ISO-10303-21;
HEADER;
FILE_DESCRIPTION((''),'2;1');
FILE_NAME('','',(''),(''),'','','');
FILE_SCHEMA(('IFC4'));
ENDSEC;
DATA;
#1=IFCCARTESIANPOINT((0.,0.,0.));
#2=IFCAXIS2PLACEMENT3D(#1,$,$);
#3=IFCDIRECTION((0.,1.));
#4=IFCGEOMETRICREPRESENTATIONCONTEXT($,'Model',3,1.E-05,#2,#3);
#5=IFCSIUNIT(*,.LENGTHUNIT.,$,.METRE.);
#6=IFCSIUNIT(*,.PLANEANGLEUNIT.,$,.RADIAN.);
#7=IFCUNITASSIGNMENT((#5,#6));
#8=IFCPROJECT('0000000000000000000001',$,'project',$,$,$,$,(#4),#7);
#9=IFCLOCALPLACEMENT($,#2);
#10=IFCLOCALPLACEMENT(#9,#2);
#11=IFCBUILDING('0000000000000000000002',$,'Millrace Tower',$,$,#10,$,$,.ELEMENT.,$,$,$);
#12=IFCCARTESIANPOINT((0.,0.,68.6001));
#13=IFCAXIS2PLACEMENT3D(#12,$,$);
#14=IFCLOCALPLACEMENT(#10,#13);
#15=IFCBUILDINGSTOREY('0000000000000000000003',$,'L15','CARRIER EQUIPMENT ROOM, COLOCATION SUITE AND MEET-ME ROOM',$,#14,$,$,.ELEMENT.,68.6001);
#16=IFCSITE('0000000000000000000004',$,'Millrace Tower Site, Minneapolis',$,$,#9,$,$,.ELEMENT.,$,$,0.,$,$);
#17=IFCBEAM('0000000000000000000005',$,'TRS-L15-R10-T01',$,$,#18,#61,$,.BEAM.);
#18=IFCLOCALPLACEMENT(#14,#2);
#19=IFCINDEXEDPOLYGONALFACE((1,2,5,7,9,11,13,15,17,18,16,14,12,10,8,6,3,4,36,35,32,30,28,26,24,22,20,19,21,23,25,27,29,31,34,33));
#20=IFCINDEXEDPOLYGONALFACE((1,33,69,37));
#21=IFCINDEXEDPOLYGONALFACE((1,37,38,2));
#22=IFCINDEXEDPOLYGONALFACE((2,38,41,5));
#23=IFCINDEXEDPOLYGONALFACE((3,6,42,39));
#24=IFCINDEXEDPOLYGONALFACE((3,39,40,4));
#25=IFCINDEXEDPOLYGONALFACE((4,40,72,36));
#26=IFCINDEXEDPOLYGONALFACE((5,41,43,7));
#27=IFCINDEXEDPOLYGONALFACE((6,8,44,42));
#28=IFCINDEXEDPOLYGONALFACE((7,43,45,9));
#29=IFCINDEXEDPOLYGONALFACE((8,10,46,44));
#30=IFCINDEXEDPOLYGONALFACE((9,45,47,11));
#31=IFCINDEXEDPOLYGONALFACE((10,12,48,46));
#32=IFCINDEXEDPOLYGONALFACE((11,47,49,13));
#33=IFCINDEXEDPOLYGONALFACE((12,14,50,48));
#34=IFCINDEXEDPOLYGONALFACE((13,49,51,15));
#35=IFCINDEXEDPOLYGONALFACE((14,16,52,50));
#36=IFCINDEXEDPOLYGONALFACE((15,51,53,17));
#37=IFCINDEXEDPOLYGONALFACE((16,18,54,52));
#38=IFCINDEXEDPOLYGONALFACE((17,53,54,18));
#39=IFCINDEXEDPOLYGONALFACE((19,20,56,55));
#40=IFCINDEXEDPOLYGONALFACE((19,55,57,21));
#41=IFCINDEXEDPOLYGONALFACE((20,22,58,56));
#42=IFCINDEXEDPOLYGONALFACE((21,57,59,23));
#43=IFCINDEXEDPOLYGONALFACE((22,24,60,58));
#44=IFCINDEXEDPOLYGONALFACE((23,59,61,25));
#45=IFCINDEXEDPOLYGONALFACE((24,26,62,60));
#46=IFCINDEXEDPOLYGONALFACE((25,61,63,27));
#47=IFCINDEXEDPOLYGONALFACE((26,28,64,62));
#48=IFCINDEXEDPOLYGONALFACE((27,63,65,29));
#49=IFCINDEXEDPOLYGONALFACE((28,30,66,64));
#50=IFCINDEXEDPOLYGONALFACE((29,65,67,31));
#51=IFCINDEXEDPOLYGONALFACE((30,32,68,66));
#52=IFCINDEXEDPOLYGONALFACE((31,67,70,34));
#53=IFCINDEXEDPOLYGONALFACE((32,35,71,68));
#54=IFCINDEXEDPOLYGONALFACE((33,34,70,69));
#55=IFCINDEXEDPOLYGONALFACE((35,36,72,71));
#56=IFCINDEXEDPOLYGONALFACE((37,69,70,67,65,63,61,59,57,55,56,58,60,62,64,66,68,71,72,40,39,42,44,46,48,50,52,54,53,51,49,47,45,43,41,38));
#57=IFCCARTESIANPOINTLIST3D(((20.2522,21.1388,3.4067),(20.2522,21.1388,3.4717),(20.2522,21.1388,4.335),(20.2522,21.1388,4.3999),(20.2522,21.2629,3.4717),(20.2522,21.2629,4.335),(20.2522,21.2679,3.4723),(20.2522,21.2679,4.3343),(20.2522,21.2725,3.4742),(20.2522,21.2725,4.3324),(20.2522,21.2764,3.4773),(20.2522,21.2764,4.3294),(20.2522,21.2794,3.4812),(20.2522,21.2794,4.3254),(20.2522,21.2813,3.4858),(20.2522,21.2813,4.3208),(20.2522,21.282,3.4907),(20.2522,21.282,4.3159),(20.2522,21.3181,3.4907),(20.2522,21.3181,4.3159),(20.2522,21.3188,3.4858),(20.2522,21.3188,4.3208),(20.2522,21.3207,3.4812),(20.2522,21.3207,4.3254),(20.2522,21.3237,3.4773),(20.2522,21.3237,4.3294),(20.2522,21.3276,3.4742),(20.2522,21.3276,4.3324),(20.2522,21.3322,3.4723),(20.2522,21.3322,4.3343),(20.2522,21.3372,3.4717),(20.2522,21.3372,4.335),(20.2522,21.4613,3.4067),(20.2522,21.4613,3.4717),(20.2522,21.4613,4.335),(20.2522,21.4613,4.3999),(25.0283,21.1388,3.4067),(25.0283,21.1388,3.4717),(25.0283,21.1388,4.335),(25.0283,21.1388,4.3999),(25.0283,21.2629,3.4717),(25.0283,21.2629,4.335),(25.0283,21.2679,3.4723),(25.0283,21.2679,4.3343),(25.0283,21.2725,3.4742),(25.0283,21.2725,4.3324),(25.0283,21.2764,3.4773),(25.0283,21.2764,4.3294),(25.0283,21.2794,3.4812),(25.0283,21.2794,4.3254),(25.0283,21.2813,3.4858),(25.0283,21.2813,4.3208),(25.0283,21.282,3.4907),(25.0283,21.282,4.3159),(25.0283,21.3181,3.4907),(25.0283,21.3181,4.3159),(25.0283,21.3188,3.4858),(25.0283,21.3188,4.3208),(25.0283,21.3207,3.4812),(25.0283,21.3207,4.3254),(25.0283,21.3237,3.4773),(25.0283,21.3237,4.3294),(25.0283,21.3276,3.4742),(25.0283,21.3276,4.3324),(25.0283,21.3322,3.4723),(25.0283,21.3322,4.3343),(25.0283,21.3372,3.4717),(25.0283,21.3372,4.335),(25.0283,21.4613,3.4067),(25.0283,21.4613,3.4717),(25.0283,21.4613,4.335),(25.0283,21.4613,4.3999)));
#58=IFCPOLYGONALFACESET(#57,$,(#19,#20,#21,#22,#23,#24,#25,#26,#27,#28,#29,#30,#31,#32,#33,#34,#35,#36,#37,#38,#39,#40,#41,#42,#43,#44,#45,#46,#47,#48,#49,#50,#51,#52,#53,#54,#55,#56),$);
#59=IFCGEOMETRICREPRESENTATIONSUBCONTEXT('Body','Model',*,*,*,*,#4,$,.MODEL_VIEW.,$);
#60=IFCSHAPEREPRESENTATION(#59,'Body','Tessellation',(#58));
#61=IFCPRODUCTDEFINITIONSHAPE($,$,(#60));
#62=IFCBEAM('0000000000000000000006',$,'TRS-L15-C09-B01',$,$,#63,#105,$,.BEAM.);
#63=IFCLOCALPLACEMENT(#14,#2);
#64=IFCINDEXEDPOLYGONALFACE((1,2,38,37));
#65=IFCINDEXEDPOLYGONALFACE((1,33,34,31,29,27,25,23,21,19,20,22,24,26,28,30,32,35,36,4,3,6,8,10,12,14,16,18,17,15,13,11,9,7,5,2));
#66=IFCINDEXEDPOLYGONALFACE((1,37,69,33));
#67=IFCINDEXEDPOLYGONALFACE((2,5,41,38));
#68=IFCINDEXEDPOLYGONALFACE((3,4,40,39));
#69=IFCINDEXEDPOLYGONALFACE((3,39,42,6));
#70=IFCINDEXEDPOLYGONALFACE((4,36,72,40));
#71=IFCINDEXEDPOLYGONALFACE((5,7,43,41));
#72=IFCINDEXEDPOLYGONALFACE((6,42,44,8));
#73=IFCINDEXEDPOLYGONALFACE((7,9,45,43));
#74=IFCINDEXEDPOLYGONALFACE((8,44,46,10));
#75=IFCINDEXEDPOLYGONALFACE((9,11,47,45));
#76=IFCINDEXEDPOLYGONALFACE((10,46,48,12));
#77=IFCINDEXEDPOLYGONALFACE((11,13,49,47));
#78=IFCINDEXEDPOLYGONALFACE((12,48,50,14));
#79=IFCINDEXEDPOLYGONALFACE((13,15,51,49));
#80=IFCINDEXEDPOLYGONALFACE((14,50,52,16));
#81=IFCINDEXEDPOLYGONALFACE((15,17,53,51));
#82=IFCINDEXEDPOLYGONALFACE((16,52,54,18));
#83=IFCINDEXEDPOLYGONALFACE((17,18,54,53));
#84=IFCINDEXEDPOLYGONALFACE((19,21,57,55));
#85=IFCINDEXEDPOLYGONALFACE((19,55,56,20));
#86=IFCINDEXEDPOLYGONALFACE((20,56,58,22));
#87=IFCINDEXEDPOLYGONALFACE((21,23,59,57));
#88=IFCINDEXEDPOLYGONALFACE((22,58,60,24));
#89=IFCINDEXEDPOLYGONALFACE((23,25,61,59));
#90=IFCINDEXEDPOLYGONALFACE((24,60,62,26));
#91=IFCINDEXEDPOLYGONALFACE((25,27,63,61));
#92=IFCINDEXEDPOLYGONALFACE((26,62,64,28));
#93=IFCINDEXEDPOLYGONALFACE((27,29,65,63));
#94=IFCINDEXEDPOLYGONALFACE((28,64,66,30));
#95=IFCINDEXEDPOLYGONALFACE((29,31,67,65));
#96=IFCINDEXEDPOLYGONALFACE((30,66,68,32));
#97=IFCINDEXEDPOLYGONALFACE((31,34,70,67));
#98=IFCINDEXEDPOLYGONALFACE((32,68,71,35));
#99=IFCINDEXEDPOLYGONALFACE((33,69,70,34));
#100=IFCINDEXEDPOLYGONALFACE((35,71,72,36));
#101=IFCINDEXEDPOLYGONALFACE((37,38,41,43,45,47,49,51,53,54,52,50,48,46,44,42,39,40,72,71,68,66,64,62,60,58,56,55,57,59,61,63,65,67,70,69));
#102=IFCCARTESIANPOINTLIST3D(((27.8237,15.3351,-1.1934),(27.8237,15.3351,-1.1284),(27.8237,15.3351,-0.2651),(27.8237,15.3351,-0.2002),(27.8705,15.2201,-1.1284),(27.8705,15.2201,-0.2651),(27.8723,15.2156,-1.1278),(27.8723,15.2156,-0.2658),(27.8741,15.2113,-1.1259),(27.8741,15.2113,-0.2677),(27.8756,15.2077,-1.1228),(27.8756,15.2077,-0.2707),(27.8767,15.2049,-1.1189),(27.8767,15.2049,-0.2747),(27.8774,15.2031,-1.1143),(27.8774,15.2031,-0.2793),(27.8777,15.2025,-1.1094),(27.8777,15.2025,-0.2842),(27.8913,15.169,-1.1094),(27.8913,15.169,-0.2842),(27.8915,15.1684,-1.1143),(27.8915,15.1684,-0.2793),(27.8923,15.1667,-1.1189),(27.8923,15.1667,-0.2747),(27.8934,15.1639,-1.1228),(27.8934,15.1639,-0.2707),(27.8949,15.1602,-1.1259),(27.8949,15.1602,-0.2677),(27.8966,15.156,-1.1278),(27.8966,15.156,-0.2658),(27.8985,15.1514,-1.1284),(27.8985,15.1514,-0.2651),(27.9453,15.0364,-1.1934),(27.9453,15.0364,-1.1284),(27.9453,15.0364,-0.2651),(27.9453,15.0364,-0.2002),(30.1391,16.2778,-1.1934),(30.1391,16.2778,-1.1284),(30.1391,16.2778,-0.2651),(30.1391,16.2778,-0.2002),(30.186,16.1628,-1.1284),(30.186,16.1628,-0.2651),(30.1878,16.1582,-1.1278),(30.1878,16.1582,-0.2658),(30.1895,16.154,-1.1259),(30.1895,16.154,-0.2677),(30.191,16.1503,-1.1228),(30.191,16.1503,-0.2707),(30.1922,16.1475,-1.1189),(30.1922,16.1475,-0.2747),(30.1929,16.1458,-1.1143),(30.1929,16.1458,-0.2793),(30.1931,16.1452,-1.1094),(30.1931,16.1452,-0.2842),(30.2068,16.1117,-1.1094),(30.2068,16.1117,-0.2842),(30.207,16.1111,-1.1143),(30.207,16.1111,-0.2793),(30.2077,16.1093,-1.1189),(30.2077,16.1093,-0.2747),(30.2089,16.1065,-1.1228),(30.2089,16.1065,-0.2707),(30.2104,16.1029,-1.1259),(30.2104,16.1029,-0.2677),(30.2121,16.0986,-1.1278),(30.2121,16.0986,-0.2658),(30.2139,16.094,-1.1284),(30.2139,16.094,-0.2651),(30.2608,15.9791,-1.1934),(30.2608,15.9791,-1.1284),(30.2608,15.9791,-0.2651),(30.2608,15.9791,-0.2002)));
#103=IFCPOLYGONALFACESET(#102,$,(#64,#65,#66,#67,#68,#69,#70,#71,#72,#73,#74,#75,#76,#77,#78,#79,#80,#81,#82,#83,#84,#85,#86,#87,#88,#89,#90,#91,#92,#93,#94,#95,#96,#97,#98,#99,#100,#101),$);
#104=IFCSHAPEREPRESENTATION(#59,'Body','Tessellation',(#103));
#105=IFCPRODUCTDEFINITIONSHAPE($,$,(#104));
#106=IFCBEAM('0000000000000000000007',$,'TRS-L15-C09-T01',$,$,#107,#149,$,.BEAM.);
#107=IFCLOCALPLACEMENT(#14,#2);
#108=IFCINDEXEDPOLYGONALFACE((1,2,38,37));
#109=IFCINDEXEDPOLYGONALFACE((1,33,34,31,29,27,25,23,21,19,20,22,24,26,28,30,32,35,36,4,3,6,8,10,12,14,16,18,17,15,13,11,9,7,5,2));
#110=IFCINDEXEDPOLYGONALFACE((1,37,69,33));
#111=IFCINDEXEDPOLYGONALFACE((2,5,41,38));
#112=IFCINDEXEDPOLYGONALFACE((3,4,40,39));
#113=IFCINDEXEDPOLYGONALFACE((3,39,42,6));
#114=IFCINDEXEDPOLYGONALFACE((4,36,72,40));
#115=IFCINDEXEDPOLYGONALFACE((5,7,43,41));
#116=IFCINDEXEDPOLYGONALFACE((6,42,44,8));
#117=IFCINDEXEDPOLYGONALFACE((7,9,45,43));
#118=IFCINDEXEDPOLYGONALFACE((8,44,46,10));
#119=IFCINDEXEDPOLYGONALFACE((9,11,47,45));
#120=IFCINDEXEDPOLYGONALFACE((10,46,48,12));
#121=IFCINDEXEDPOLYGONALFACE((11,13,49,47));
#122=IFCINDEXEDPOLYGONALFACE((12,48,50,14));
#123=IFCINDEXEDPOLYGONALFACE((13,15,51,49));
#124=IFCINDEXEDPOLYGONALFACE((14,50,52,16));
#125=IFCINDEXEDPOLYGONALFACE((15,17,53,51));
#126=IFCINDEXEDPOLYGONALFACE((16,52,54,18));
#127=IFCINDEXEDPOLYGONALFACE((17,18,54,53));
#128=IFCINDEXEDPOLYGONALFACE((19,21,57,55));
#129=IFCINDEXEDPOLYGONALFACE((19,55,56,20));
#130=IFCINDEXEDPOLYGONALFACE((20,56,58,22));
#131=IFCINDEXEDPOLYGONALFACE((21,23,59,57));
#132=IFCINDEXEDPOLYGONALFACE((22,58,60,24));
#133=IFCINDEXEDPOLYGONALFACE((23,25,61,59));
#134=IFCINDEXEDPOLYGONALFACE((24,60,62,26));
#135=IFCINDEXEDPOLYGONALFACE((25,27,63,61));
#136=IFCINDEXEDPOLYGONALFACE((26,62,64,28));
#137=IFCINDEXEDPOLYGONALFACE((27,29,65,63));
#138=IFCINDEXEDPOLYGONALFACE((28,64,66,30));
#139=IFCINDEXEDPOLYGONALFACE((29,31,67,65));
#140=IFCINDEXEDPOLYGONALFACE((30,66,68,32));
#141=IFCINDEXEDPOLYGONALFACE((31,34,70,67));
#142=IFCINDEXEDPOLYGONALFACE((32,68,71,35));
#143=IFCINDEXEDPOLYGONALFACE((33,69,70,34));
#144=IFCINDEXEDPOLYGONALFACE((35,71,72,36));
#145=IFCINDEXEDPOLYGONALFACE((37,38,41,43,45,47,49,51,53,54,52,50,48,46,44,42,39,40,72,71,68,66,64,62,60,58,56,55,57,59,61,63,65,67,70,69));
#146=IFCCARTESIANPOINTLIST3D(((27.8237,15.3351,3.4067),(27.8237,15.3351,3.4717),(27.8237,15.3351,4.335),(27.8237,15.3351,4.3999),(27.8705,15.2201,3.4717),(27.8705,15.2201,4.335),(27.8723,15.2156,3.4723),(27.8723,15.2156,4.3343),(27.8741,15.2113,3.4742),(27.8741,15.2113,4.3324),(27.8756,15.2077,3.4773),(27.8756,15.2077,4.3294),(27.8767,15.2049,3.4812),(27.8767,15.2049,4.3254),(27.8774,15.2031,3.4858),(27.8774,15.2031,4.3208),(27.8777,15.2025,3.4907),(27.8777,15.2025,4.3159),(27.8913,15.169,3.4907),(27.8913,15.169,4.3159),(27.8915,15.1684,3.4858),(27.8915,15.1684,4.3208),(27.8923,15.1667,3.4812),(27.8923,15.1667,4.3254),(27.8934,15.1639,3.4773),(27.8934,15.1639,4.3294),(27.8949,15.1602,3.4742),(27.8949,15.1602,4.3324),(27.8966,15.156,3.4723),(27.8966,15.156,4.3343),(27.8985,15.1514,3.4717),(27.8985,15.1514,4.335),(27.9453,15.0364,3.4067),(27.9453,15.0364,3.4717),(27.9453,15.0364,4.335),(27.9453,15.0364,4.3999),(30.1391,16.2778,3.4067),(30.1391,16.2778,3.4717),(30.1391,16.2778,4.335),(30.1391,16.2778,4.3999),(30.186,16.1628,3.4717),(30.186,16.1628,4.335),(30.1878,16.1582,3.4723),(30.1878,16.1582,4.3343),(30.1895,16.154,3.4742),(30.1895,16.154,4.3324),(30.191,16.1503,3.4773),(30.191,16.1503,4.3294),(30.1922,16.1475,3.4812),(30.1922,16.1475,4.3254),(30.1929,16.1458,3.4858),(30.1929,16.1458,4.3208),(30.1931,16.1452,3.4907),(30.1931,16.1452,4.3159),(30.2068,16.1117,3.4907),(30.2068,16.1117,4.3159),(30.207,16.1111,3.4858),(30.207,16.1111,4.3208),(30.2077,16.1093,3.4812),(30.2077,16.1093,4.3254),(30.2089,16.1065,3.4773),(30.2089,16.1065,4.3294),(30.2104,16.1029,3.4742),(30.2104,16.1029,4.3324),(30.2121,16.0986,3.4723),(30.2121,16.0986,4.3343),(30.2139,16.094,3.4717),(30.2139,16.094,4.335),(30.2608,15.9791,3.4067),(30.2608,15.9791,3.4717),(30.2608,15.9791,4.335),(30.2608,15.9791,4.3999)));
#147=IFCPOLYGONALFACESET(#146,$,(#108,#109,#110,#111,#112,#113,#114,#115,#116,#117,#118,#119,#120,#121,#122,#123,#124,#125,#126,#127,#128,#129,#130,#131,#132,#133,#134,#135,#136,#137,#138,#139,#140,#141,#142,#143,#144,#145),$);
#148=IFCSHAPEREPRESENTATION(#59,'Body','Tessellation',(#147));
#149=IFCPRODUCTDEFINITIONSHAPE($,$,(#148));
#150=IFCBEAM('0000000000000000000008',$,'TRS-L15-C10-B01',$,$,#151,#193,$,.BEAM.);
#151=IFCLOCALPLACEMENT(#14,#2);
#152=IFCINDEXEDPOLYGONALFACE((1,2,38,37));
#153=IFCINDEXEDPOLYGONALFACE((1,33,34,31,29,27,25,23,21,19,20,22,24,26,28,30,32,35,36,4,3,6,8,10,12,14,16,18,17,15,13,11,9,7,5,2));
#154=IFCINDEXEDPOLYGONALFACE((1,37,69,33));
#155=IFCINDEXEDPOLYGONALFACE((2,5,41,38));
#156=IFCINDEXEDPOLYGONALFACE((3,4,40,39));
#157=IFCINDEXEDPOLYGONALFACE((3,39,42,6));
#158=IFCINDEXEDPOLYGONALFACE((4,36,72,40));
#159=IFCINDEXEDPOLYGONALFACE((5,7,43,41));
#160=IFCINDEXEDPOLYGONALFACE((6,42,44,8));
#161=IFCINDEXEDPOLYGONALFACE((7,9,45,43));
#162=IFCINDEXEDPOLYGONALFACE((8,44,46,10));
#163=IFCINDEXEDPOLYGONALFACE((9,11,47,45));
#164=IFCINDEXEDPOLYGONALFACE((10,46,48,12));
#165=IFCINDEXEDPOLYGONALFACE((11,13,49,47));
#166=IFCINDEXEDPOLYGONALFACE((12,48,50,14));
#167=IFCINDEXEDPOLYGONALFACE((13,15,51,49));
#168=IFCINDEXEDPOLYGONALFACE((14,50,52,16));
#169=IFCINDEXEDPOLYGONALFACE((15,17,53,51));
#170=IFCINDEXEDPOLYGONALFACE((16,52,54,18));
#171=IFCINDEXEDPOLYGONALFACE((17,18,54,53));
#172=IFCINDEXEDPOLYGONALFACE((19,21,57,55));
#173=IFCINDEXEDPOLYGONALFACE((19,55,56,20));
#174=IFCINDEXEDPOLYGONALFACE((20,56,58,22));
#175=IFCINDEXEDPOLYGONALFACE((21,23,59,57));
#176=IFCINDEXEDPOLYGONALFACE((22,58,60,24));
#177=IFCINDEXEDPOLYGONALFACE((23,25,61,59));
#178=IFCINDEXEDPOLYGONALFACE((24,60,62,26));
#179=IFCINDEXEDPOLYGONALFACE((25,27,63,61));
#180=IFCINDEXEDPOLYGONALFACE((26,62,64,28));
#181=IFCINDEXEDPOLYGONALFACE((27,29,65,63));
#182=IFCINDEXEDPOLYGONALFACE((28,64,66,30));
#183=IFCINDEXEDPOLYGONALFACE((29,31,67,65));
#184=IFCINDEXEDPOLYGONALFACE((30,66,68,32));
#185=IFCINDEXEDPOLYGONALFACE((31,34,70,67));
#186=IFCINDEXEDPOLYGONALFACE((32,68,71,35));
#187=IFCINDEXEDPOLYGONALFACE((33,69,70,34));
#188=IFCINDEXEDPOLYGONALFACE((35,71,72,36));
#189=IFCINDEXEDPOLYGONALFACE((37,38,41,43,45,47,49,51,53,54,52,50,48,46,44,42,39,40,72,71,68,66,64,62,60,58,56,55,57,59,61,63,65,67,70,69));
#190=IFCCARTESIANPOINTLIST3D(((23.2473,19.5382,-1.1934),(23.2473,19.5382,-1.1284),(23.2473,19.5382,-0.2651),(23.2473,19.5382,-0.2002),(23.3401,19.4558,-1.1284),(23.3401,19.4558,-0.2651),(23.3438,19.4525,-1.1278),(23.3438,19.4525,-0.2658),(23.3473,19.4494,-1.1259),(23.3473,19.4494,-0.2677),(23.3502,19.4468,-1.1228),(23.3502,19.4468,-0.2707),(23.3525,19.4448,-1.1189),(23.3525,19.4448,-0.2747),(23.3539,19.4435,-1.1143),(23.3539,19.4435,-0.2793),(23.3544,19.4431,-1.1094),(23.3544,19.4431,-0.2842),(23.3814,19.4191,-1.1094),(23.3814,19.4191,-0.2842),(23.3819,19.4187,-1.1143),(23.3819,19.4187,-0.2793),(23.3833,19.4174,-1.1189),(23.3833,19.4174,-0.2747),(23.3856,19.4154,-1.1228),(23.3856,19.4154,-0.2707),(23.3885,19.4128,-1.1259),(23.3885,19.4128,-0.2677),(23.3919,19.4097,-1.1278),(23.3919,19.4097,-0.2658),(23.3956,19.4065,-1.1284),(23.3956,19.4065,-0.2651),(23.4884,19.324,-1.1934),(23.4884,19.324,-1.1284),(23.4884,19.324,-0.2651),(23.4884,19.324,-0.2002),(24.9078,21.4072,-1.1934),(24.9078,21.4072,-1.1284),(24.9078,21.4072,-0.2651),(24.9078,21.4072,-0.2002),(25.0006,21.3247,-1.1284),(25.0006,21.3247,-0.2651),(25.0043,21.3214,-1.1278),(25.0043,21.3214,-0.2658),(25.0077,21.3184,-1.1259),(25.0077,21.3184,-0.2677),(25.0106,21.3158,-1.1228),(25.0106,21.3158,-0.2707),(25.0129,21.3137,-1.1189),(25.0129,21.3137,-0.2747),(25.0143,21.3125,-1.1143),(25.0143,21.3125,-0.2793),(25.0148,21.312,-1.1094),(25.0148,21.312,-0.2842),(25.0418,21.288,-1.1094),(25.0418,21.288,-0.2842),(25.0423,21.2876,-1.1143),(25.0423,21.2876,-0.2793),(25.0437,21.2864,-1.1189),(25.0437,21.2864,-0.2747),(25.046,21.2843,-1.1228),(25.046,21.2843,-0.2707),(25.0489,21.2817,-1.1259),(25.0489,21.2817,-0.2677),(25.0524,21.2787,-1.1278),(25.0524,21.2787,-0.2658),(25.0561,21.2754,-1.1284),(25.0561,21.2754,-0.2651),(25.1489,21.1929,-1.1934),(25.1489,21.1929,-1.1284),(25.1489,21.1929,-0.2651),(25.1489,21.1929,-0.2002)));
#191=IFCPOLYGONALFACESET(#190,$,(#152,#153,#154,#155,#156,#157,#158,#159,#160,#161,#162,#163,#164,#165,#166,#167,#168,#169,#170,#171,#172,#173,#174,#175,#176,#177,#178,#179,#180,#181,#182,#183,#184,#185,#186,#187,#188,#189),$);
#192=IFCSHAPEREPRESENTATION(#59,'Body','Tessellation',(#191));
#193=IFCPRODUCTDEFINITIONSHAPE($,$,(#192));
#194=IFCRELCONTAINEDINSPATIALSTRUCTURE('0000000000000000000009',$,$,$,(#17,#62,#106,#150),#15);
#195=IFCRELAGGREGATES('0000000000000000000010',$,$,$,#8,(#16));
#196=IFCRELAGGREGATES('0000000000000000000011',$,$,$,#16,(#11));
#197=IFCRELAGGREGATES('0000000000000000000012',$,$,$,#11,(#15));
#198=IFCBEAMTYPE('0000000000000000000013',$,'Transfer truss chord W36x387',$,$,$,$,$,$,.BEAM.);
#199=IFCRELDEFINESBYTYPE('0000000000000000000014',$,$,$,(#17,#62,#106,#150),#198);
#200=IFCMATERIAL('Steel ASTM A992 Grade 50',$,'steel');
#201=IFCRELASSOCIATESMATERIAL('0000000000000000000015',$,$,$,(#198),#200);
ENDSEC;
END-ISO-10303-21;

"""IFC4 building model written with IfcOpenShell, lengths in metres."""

from ifc_helpers import new_model, si_unit, direction, frame, origin, origin_2d, place, context, subcontext, project, spatial, i_section, extrude, material, material_profile, profile_set, type_object, element, save


model = new_model("IFC4")

# Units and contexts
model_context = context("Model", 3, precision=1e-05, world=origin(), true_north=direction((0.0, 1.0)))
body_context = subcontext(model_context, "Body", "Model", "MODEL_VIEW")
ifc_project = project(units=[si_unit("LENGTHUNIT", "METRE"), si_unit("PLANEANGLEUNIT", "RADIAN")], contexts=[model_context])

# Site, building, storey
site_placement = place(None, origin())
site = spatial("IfcSite", under=ifc_project, at=site_placement, Name="Millrace Tower Site, Minneapolis", CompositionType="ELEMENT", RefElevation=0.0)
building_placement = place(site_placement, origin())
building = spatial("IfcBuilding", under=site, at=building_placement, Name="Millrace Tower", CompositionType="ELEMENT")
storey_placement = place(building_placement, frame((0.0, 0.0, 68.6001)))
storey = spatial("IfcBuildingStorey", under=building, at=storey_placement, Name="L15", Description="CARRIER EQUIPMENT ROOM, COLOCATION SUITE AND MEET-ME ROOM", CompositionType="ELEMENT", Elevation=68.6001)

# Beams
ifc_material_1 = material(Name="Steel ASTM A992 Grade 50", Category="steel")
ifc_material_profile_1 = material_profile(ifc_material_1, i_section(OverallWidth=0.3225, OverallDepth=0.9932, WebThickness=0.0361, FlangeThickness=0.0649, FilletRadius=0.019, at=origin_2d()))
ifc_profile_set_1 = profile_set([ifc_material_profile_1], Name="Steel ASTM A992 Grade 50")
beam_type = type_object("IfcBeamType", Name="Transfer truss chord W36x387", PredefinedType="BEAM", material=ifc_profile_set_1)
for number, where, z_axis, x_axis, name in (
    (1, (25.0283, 21.3, 3.9033), (-1.0, 0.0, 0.0), (0.0, -1.0, 0.0), "TRS-L15-R10-T01"),
):
    element("IfcBeam", number, at=place(storey_placement, frame(where, z_axis=z_axis, x_axis=x_axis)), inside=storey, type_object=beam_type, Name=name, PredefinedType="BEAM", context=body_context, shape_type="SweptSolid", body=[
        extrude(i_section(OverallWidth=0.3225, OverallDepth=0.9932, WebThickness=0.0361, FlangeThickness=0.0649, FilletRadius=0.019, at=origin_2d()), origin(), (0.0, 0.0, 1.0), 4.7761),
    ])
for number, where, z_axis, x_axis, name in (
    (2, (30.2, 16.1284, -0.6968), (-0.92619, -0.377058, 0.0), (0.377058, -0.92619, 0.0), "TRS-L15-C09-B01"),
    (3, (30.2, 16.1284, 3.9033), (-0.92619, -0.377058, 0.0), (0.377058, -0.92619, 0.0), "TRS-L15-C09-T01"),
    (4, (25.0283, 21.3, -0.6968), (-0.664176, -0.747576, 0.0), (0.747576, -0.664176, 0.0), "TRS-L15-C10-B01"),
):
    element("IfcBeam", number, at=place(storey_placement, frame(where, z_axis=z_axis, x_axis=x_axis)), inside=storey, type_object=beam_type, Name=name, PredefinedType="BEAM", context=body_context, shape_type="SweptSolid", body=[
        extrude(i_section(OverallWidth=0.3225, OverallDepth=0.9932, WebThickness=0.0361, FlangeThickness=0.0649, FilletRadius=0.019, at=origin_2d()), origin(), (0.0, 0.0, 1.0), 2.5),
    ])

save(model, "model.ifc")
